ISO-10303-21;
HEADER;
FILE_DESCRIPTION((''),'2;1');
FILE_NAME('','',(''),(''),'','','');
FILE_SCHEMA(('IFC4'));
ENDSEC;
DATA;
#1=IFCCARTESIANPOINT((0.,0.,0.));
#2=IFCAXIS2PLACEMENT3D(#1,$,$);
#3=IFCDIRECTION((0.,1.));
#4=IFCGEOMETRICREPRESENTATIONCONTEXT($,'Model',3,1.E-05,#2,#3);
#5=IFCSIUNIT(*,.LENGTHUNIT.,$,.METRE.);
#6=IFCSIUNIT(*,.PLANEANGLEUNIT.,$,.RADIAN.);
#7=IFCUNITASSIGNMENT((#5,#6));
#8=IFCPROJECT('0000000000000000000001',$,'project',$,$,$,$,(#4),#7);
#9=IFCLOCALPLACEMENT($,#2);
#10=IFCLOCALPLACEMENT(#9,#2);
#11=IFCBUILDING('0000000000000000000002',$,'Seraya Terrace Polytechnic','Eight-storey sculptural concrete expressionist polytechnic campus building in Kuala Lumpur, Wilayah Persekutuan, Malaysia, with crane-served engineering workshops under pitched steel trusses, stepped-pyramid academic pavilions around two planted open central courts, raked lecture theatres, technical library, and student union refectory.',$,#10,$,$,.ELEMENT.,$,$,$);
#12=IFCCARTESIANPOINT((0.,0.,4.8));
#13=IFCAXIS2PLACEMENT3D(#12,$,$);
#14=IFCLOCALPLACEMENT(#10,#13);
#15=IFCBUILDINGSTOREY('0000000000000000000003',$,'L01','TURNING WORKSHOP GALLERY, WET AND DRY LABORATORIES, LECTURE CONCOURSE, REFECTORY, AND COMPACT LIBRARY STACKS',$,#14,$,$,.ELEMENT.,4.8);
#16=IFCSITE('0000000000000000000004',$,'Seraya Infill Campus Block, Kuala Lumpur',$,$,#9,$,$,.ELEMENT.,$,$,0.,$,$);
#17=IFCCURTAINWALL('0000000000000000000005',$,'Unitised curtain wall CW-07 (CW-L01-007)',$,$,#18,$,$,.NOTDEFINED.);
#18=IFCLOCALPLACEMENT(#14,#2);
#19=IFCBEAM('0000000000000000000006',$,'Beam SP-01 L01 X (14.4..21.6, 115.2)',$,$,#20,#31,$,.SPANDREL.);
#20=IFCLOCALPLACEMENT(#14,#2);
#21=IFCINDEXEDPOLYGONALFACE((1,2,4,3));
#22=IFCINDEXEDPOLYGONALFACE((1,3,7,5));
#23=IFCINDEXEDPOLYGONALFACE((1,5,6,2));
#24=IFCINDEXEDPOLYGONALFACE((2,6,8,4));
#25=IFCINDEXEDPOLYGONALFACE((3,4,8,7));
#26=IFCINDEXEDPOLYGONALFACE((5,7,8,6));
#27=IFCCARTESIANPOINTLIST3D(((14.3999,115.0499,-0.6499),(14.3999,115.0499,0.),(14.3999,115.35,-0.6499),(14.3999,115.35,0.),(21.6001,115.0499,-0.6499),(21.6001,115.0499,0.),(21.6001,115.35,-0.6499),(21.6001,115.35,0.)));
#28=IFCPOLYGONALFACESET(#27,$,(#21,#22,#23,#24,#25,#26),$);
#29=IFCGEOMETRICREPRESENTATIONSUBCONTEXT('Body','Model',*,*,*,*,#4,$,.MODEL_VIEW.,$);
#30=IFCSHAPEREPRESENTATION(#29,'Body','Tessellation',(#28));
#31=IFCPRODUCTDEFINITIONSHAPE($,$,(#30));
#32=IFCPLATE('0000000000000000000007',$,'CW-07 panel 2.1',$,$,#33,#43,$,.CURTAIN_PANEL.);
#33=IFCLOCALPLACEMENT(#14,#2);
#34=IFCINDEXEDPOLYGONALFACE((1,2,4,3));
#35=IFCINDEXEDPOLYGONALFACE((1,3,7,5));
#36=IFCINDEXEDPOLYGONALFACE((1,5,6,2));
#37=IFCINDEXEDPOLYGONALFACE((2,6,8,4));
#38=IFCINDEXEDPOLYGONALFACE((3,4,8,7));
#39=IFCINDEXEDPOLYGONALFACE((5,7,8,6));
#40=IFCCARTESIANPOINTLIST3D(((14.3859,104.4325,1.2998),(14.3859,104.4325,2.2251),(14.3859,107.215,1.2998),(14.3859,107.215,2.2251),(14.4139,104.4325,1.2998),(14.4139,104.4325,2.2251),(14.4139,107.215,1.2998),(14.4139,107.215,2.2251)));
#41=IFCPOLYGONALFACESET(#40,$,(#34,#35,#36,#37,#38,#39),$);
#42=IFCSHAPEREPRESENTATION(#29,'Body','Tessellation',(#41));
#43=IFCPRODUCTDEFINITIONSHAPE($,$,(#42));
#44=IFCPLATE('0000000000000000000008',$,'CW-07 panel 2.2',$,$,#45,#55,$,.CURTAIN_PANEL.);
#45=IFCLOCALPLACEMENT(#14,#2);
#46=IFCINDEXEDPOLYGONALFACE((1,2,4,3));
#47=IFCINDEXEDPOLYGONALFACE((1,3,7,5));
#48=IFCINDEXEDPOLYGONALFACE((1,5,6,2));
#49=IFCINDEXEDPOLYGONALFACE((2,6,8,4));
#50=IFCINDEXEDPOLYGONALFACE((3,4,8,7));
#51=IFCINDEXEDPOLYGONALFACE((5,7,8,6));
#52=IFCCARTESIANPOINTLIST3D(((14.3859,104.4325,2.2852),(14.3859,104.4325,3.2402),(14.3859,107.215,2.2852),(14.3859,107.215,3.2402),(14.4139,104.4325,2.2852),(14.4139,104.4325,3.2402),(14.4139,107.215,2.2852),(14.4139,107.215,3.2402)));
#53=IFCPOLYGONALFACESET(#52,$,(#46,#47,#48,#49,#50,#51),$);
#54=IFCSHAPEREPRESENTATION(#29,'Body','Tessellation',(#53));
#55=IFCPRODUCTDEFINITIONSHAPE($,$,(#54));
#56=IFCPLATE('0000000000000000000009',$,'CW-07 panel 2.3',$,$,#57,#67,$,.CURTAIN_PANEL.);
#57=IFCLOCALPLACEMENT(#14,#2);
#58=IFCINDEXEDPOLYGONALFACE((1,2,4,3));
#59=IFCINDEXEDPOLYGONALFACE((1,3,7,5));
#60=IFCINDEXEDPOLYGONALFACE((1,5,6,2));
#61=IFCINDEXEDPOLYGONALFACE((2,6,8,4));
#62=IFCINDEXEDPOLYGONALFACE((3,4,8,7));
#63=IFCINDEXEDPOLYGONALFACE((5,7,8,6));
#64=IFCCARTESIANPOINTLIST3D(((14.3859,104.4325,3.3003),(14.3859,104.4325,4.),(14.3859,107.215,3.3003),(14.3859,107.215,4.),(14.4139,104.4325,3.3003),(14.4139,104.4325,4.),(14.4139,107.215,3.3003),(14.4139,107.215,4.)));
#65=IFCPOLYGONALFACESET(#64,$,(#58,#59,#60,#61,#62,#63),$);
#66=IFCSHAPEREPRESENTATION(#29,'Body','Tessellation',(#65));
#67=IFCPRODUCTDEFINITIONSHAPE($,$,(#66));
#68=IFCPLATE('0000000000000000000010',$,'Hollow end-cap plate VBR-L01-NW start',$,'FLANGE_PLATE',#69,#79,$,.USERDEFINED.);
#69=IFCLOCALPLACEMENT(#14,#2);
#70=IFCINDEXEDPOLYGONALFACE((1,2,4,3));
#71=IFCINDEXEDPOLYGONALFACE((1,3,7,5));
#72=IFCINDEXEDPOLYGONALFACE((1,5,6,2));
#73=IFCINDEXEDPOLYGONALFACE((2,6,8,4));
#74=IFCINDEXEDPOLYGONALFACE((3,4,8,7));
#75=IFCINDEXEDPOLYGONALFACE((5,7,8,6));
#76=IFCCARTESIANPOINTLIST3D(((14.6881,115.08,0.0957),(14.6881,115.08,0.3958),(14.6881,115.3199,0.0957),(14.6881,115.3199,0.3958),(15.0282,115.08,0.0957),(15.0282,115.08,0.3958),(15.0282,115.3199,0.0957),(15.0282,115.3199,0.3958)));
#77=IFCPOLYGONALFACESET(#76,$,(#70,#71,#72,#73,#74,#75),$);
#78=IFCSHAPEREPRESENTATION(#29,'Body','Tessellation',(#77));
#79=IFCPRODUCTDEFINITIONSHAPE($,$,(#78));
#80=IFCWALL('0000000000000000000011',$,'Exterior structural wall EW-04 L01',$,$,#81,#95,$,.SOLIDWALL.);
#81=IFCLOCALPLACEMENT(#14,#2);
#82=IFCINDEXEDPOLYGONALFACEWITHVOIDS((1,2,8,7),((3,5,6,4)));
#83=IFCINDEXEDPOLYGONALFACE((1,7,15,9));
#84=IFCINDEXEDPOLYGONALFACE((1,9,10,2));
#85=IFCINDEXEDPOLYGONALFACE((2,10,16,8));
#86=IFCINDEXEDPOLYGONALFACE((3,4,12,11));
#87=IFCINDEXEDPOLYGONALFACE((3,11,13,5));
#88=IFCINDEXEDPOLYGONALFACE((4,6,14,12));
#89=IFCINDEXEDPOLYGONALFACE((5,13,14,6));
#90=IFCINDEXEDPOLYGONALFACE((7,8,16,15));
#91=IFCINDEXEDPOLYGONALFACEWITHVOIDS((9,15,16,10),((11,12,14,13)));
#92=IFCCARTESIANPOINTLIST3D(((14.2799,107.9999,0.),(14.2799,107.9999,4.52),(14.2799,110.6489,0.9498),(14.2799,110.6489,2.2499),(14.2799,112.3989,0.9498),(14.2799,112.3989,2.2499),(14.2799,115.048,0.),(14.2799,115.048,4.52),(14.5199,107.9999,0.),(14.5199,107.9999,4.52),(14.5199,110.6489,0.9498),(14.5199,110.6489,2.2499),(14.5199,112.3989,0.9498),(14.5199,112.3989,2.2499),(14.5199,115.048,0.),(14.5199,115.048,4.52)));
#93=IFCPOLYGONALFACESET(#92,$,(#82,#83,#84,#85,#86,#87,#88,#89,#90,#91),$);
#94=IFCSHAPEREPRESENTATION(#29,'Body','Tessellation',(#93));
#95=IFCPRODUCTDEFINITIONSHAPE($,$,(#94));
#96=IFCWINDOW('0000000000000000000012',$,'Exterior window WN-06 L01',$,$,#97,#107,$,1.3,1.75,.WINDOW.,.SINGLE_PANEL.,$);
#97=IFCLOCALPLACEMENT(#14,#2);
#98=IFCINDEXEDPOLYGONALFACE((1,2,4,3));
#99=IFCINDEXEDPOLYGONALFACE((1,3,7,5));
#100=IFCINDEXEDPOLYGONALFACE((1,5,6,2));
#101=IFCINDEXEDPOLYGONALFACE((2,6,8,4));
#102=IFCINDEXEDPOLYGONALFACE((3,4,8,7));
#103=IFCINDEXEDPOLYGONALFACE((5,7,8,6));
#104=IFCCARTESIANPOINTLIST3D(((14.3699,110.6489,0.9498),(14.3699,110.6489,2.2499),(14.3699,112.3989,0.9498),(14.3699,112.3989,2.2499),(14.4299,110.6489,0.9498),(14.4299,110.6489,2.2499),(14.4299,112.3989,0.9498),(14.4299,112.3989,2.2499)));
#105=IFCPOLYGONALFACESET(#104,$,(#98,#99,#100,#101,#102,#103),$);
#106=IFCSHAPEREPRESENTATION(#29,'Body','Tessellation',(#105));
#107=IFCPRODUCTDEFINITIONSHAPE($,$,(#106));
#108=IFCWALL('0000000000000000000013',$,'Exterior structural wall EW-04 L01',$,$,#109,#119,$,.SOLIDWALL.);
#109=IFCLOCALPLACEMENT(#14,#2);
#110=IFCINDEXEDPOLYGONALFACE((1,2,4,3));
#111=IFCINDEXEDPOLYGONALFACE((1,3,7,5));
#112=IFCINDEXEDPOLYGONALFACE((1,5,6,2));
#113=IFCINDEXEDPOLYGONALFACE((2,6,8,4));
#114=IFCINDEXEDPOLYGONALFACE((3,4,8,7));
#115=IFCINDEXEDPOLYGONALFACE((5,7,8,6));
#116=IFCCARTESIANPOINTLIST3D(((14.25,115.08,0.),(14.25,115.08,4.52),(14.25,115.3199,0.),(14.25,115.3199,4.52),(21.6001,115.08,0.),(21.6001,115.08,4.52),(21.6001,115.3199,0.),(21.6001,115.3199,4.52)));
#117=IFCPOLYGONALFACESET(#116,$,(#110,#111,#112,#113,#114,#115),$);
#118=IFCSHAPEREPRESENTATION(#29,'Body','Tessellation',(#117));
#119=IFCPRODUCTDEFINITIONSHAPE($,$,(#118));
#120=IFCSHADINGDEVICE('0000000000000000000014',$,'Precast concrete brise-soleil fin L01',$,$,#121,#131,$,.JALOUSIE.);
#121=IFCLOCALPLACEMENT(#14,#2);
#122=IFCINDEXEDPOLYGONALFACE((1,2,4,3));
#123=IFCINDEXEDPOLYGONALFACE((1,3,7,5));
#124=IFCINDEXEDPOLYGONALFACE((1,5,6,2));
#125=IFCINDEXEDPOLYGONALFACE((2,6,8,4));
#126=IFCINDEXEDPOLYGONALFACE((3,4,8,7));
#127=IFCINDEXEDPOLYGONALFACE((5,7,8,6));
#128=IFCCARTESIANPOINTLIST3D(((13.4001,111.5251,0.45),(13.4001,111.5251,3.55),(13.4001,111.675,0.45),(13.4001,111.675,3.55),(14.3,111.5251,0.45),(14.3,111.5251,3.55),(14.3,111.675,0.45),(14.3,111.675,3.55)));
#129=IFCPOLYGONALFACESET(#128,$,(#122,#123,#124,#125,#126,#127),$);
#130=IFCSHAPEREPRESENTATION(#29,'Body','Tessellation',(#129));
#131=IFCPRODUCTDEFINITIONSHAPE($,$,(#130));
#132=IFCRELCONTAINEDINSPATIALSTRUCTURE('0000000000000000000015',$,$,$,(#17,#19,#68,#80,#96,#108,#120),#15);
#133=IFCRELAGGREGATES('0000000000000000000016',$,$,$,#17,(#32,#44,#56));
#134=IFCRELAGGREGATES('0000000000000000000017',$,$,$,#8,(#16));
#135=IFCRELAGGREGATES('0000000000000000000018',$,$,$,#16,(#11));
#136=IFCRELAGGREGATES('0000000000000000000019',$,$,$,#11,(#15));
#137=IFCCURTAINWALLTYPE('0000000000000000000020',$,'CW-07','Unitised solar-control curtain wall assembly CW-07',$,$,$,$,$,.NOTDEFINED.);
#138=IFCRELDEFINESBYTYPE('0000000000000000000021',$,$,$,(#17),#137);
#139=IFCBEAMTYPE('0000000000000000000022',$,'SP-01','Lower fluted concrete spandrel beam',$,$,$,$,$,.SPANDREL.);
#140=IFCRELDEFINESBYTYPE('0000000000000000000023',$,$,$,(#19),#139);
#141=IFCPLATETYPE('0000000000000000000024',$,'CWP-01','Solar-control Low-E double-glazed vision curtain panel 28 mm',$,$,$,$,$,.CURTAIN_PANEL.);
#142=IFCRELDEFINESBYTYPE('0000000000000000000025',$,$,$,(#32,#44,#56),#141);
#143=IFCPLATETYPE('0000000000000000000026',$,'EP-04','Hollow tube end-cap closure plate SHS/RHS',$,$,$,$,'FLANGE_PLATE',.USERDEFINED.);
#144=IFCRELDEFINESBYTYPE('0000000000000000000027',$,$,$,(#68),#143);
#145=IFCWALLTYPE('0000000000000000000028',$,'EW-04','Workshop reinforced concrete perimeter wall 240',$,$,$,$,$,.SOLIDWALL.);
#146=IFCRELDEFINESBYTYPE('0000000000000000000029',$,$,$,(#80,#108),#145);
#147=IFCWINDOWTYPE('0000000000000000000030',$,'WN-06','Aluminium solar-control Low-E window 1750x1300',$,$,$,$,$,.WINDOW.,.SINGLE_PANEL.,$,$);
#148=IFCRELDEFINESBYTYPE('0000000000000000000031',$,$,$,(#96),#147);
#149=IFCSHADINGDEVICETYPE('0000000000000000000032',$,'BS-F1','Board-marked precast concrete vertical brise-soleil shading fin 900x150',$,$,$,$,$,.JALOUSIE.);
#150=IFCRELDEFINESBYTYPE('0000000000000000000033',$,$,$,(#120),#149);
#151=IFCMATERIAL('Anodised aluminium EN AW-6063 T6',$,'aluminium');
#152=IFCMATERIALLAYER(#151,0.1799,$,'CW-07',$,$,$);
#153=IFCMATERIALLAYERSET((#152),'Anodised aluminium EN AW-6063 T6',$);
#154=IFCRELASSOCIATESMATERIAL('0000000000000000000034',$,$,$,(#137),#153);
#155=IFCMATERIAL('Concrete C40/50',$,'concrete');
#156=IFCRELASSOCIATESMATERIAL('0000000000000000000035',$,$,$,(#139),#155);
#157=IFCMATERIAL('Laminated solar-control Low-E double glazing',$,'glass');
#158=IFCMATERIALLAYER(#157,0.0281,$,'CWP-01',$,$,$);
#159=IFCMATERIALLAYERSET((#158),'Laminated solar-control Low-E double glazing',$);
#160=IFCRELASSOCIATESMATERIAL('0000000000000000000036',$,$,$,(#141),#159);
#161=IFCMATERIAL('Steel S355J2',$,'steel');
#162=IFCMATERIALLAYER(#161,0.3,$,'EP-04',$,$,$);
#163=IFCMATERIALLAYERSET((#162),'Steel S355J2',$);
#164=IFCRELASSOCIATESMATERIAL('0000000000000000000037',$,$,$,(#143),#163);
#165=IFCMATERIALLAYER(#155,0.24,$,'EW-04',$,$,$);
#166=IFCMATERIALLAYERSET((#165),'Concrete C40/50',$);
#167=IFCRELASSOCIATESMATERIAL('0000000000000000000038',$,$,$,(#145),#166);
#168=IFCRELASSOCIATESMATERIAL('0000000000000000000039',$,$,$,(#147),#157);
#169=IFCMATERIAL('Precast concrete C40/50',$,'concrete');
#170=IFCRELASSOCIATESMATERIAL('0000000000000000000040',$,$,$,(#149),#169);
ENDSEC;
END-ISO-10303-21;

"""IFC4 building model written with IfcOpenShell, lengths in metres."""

from ifc_helpers import new_model, si_unit, direction, frame, frame_2d, origin, origin_2d, place, context, subcontext, project, spatial, rectangle, extrude, material, layer, layer_set, material_profile, profile_set, type_object, element, fill, aggregate, save


model = new_model("IFC4")

# Units and contexts
model_context = context("Model", 3, precision=1e-05, world=origin(), true_north=direction((0.0, 1.0)))
body_context = subcontext(model_context, "Body", "Model", "MODEL_VIEW")
ifc_project = project(units=[si_unit("LENGTHUNIT", "METRE"), si_unit("PLANEANGLEUNIT", "RADIAN")], contexts=[model_context])

# Site, building, storey
site_placement = place(None, origin())
site = spatial("IfcSite", under=ifc_project, at=site_placement, Name="Seraya Infill Campus Block, Kuala Lumpur", CompositionType="ELEMENT", RefElevation=0.0)
building_placement = place(site_placement, origin())
building = spatial("IfcBuilding", under=site, at=building_placement, Name="Seraya Terrace Polytechnic", Description="Eight-storey sculptural concrete expressionist polytechnic campus building in Kuala Lumpur, Wilayah Persekutuan, Malaysia, with crane-served engineering workshops under pitched steel trusses, stepped-pyramid academic pavilions around two planted open central courts, raked lecture theatres, technical library, and student union refectory.", CompositionType="ELEMENT")
storey_placement = place(building_placement, frame((0.0, 0.0, 4.8)))
storey = spatial("IfcBuildingStorey", under=building, at=storey_placement, Name="L01", Description="TURNING WORKSHOP GALLERY, WET AND DRY LABORATORIES, LECTURE CONCOURSE, REFECTORY, AND COMPACT LIBRARY STACKS", CompositionType="ELEMENT", Elevation=4.8)

# Shared definitions
ifc_material_1 = material(Name="Concrete C40/50", Category="concrete")

# Shared definitions
ifc_material_2 = material(Name="Steel S355J2", Category="steel")

# Curtain wall
ifc_material_3 = material(Name="Anodised aluminium EN AW-6063 T6", Category="aluminium")
ifc_layer_1 = layer(ifc_material_3, 0.1799, Name="CW-07")
ifc_layer_set_1 = layer_set([ifc_layer_1], Name="Anodised aluminium EN AW-6063 T6")
curtain_wall_type = type_object("IfcCurtainWallType", Name="CW-07", Description="Unitised solar-control curtain wall assembly CW-07", PredefinedType="NOTDEFINED", material=ifc_layer_set_1)
curtain_wall_placement = place(storey_placement, origin())
curtain_wall = element("IfcCurtainWall", 1, at=curtain_wall_placement, inside=storey, type_object=curtain_wall_type, Name="Unitised curtain wall CW-07 (CW-L01-007)", PredefinedType="NOTDEFINED")

# Beam
ifc_material_profile_1 = material_profile(ifc_material_1, rectangle(XDim=0.3, YDim=0.6499, at=origin_2d()), Name="RC 300x650")
ifc_profile_set_1 = profile_set([ifc_material_profile_1], Name="Concrete C40/50")
beam_type_1 = type_object("IfcBeamType", Name="SP-01", Description="Lower fluted concrete spandrel beam", PredefinedType="SPANDREL", material=ifc_profile_set_1)
beam_1_placement = place(storey_placement, frame((14.3999, 115.2, -0.325), z_axis=(1.0, 0.0, 0.0), x_axis=(0.0, 1.0, 0.0)))
element("IfcBeam", 2, at=beam_1_placement, inside=storey, type_object=beam_type_1, Name="Beam SP-01 L01 X (14.4..21.6, 115.2)", PredefinedType="SPANDREL", context=body_context, shape_type="SweptSolid", body=[
    extrude(rectangle(XDim=0.3, YDim=0.6499, at=origin_2d()), origin(), (0.0, 0.0, 1.0), 7.2002),
])

# Plates
ifc_material_4 = material(Name="Laminated solar-control Low-E double glazing", Category="glass")
ifc_layer_2 = layer(ifc_material_4, 0.0281, Name="CWP-01")
ifc_layer_set_2 = layer_set([ifc_layer_2], Name="Laminated solar-control Low-E double glazing")
plate_type_1 = type_object("IfcPlateType", Name="CWP-01", Description="Solar-control Low-E double-glazed vision curtain panel 28 mm", PredefinedType="CURTAIN_PANEL", material=ifc_layer_set_2)
plate_1_placement = place(storey_placement, frame((14.3999, 105.8237, 1.2998), z_axis=(0.0, 0.0, 1.0), x_axis=(0.0, 1.0, 0.0)))
plate_1 = element("IfcPlate", 3, at=plate_1_placement, type_object=plate_type_1, Name="CW-07 panel 2.1", PredefinedType="CURTAIN_PANEL", context=body_context, shape_type="SweptSolid", body=[
    extrude(rectangle(XDim=2.7825, YDim=0.0281, at=origin_2d()), origin(), (0.0, 0.0, 1.0), 0.9253),
])
plate_2_placement = place(storey_placement, frame((14.3999, 105.8237, 2.2852), z_axis=(0.0, 0.0, 1.0), x_axis=(0.0, 1.0, 0.0)))
plate_2 = element("IfcPlate", 4, at=plate_2_placement, type_object=plate_type_1, Name="CW-07 panel 2.2", PredefinedType="CURTAIN_PANEL", context=body_context, shape_type="SweptSolid", body=[
    extrude(rectangle(XDim=2.7825, YDim=0.0281, at=origin_2d()), origin(), (0.0, 0.0, 1.0), 0.9551),
])
plate_3_placement = place(storey_placement, frame((14.3999, 105.8237, 3.3003), z_axis=(0.0, 0.0, 1.0), x_axis=(0.0, 1.0, 0.0)))
plate_3 = element("IfcPlate", 5, at=plate_3_placement, type_object=plate_type_1, Name="CW-07 panel 2.3", PredefinedType="CURTAIN_PANEL", context=body_context, shape_type="SweptSolid", body=[
    extrude(rectangle(XDim=2.7825, YDim=0.0281, at=origin_2d()), origin(), (0.0, 0.0, 1.0), 0.6997),
])
aggregate(curtain_wall, [plate_1, plate_2, plate_3])
ifc_layer_3 = layer(ifc_material_2, 0.3, Name="EP-04")
ifc_layer_set_3 = layer_set([ifc_layer_3], Name="Steel S355J2")
plate_type_2 = type_object("IfcPlateType", Name="EP-04", Description="Hollow tube end-cap closure plate SHS/RHS", ElementType="FLANGE_PLATE", PredefinedType="USERDEFINED", material=ifc_layer_set_3)
plate_4_placement = place(storey_placement, frame((14.8582, 115.2, 0.0957), z_axis=(0.0, 0.0, 1.0), x_axis=(1.0, 0.0, 0.0)))
element("IfcPlate", 6, at=plate_4_placement, inside=storey, type_object=plate_type_2, Name="Hollow end-cap plate VBR-L01-NW start", ObjectType="FLANGE_PLATE", PredefinedType="USERDEFINED", context=body_context, shape_type="SweptSolid", body=[
    extrude(rectangle(XDim=0.3401, YDim=0.24, at=origin_2d()), origin(), (0.0, 0.0, 1.0), 0.3),
])

# Wall, opening, window
ifc_layer_4 = layer(ifc_material_1, 0.24, Name="EW-04")
ifc_layer_set_4 = layer_set([ifc_layer_4], Name="Concrete C40/50")
wall_type = type_object("IfcWallType", Name="EW-04", Description="Workshop reinforced concrete perimeter wall 240", PredefinedType="SOLIDWALL", material=ifc_layer_set_4)
wall_1_placement = place(storey_placement, frame((14.3999, 108.0, 0.0), z_axis=(0.0, 0.0, 1.0), x_axis=(0.0, 1.0, 0.0)))
wall_1 = element("IfcWall", 7, at=wall_1_placement, inside=storey, type_object=wall_type, Name="Exterior structural wall EW-04 L01", PredefinedType="SOLIDWALL", context=body_context, shape_type="SweptSolid", body=[
    extrude(rectangle(XDim=7.0481, YDim=0.24, at=frame_2d((3.5239, 0.0))), origin(), (0.0, 0.0, 1.0), 4.52),
])
opening_placement = place(wall_1_placement, frame((2.6489, 0.0, 0.95)))
opening = element("IfcOpeningElement", 8, at=opening_placement, cuts=wall_1, PredefinedType="OPENING", context=body_context, shape_type="SweptSolid", body=[
    extrude(rectangle(XDim=1.75, YDim=1.3, at=frame_2d((0.875, 0.6499))), frame((0.0, 0.1318, 0.0), z_axis=(0.0, -1.0, 0.0), x_axis=(1.0, 0.0, 0.0)), (0.0, 0.0, 1.0), 0.2639),
])
window_type = type_object("IfcWindowType", Name="WN-06", Description="Aluminium solar-control Low-E window 1750x1300", PartitioningType="SINGLE_PANEL", PredefinedType="WINDOW", material=ifc_material_4)
window_placement = place(opening_placement, origin())
window = element("IfcWindow", 9, at=window_placement, inside=storey, type_object=window_type, Name="Exterior window WN-06 L01", OverallHeight=1.3, OverallWidth=1.75, PartitioningType="SINGLE_PANEL", PredefinedType="WINDOW", context=body_context, shape_type="SweptSolid", body=[
    extrude(rectangle(XDim=1.75, YDim=1.3, at=frame_2d((0.875, 0.6499))), frame((0.0, 0.03, 0.0), z_axis=(0.0, -1.0, 0.0), x_axis=(1.0, 0.0, 0.0)), (0.0, 0.0, 1.0), 0.0601),
])
fill(opening, window)

# Wall
wall_2_placement = place(storey_placement, frame((14.25, 115.2, 0.0), z_axis=(0.0, 0.0, 1.0), x_axis=(1.0, 0.0, 0.0)))
element("IfcWall", 10, at=wall_2_placement, inside=storey, type_object=wall_type, Name="Exterior structural wall EW-04 L01", PredefinedType="SOLIDWALL", context=body_context, shape_type="SweptSolid", body=[
    extrude(rectangle(XDim=7.3501, YDim=0.24, at=frame_2d((3.675, 0.0))), origin(), (0.0, 0.0, 1.0), 4.52),
])

# Shading device
ifc_material_5 = material(Name="Precast concrete C40/50", Category="concrete")
shading_device_type = type_object("IfcShadingDeviceType", Name="BS-F1", Description="Board-marked precast concrete vertical brise-soleil shading fin 900x150", PredefinedType="JALOUSIE", material=ifc_material_5)
shading_device_placement = place(storey_placement, frame((13.8501, 111.6001, 0.45), z_axis=(0.0, 0.0, 1.0), x_axis=(-1.0, 0.0, 0.0)))
element("IfcShadingDevice", 11, at=shading_device_placement, inside=storey, type_object=shading_device_type, Name="Precast concrete brise-soleil fin L01", PredefinedType="JALOUSIE", context=body_context, shape_type="SweptSolid", body=[
    extrude(rectangle(XDim=0.8999, YDim=0.1499, at=origin_2d()), origin(), (0.0, 0.0, 1.0), 3.1001),
])

save(model, "model.ifc")
